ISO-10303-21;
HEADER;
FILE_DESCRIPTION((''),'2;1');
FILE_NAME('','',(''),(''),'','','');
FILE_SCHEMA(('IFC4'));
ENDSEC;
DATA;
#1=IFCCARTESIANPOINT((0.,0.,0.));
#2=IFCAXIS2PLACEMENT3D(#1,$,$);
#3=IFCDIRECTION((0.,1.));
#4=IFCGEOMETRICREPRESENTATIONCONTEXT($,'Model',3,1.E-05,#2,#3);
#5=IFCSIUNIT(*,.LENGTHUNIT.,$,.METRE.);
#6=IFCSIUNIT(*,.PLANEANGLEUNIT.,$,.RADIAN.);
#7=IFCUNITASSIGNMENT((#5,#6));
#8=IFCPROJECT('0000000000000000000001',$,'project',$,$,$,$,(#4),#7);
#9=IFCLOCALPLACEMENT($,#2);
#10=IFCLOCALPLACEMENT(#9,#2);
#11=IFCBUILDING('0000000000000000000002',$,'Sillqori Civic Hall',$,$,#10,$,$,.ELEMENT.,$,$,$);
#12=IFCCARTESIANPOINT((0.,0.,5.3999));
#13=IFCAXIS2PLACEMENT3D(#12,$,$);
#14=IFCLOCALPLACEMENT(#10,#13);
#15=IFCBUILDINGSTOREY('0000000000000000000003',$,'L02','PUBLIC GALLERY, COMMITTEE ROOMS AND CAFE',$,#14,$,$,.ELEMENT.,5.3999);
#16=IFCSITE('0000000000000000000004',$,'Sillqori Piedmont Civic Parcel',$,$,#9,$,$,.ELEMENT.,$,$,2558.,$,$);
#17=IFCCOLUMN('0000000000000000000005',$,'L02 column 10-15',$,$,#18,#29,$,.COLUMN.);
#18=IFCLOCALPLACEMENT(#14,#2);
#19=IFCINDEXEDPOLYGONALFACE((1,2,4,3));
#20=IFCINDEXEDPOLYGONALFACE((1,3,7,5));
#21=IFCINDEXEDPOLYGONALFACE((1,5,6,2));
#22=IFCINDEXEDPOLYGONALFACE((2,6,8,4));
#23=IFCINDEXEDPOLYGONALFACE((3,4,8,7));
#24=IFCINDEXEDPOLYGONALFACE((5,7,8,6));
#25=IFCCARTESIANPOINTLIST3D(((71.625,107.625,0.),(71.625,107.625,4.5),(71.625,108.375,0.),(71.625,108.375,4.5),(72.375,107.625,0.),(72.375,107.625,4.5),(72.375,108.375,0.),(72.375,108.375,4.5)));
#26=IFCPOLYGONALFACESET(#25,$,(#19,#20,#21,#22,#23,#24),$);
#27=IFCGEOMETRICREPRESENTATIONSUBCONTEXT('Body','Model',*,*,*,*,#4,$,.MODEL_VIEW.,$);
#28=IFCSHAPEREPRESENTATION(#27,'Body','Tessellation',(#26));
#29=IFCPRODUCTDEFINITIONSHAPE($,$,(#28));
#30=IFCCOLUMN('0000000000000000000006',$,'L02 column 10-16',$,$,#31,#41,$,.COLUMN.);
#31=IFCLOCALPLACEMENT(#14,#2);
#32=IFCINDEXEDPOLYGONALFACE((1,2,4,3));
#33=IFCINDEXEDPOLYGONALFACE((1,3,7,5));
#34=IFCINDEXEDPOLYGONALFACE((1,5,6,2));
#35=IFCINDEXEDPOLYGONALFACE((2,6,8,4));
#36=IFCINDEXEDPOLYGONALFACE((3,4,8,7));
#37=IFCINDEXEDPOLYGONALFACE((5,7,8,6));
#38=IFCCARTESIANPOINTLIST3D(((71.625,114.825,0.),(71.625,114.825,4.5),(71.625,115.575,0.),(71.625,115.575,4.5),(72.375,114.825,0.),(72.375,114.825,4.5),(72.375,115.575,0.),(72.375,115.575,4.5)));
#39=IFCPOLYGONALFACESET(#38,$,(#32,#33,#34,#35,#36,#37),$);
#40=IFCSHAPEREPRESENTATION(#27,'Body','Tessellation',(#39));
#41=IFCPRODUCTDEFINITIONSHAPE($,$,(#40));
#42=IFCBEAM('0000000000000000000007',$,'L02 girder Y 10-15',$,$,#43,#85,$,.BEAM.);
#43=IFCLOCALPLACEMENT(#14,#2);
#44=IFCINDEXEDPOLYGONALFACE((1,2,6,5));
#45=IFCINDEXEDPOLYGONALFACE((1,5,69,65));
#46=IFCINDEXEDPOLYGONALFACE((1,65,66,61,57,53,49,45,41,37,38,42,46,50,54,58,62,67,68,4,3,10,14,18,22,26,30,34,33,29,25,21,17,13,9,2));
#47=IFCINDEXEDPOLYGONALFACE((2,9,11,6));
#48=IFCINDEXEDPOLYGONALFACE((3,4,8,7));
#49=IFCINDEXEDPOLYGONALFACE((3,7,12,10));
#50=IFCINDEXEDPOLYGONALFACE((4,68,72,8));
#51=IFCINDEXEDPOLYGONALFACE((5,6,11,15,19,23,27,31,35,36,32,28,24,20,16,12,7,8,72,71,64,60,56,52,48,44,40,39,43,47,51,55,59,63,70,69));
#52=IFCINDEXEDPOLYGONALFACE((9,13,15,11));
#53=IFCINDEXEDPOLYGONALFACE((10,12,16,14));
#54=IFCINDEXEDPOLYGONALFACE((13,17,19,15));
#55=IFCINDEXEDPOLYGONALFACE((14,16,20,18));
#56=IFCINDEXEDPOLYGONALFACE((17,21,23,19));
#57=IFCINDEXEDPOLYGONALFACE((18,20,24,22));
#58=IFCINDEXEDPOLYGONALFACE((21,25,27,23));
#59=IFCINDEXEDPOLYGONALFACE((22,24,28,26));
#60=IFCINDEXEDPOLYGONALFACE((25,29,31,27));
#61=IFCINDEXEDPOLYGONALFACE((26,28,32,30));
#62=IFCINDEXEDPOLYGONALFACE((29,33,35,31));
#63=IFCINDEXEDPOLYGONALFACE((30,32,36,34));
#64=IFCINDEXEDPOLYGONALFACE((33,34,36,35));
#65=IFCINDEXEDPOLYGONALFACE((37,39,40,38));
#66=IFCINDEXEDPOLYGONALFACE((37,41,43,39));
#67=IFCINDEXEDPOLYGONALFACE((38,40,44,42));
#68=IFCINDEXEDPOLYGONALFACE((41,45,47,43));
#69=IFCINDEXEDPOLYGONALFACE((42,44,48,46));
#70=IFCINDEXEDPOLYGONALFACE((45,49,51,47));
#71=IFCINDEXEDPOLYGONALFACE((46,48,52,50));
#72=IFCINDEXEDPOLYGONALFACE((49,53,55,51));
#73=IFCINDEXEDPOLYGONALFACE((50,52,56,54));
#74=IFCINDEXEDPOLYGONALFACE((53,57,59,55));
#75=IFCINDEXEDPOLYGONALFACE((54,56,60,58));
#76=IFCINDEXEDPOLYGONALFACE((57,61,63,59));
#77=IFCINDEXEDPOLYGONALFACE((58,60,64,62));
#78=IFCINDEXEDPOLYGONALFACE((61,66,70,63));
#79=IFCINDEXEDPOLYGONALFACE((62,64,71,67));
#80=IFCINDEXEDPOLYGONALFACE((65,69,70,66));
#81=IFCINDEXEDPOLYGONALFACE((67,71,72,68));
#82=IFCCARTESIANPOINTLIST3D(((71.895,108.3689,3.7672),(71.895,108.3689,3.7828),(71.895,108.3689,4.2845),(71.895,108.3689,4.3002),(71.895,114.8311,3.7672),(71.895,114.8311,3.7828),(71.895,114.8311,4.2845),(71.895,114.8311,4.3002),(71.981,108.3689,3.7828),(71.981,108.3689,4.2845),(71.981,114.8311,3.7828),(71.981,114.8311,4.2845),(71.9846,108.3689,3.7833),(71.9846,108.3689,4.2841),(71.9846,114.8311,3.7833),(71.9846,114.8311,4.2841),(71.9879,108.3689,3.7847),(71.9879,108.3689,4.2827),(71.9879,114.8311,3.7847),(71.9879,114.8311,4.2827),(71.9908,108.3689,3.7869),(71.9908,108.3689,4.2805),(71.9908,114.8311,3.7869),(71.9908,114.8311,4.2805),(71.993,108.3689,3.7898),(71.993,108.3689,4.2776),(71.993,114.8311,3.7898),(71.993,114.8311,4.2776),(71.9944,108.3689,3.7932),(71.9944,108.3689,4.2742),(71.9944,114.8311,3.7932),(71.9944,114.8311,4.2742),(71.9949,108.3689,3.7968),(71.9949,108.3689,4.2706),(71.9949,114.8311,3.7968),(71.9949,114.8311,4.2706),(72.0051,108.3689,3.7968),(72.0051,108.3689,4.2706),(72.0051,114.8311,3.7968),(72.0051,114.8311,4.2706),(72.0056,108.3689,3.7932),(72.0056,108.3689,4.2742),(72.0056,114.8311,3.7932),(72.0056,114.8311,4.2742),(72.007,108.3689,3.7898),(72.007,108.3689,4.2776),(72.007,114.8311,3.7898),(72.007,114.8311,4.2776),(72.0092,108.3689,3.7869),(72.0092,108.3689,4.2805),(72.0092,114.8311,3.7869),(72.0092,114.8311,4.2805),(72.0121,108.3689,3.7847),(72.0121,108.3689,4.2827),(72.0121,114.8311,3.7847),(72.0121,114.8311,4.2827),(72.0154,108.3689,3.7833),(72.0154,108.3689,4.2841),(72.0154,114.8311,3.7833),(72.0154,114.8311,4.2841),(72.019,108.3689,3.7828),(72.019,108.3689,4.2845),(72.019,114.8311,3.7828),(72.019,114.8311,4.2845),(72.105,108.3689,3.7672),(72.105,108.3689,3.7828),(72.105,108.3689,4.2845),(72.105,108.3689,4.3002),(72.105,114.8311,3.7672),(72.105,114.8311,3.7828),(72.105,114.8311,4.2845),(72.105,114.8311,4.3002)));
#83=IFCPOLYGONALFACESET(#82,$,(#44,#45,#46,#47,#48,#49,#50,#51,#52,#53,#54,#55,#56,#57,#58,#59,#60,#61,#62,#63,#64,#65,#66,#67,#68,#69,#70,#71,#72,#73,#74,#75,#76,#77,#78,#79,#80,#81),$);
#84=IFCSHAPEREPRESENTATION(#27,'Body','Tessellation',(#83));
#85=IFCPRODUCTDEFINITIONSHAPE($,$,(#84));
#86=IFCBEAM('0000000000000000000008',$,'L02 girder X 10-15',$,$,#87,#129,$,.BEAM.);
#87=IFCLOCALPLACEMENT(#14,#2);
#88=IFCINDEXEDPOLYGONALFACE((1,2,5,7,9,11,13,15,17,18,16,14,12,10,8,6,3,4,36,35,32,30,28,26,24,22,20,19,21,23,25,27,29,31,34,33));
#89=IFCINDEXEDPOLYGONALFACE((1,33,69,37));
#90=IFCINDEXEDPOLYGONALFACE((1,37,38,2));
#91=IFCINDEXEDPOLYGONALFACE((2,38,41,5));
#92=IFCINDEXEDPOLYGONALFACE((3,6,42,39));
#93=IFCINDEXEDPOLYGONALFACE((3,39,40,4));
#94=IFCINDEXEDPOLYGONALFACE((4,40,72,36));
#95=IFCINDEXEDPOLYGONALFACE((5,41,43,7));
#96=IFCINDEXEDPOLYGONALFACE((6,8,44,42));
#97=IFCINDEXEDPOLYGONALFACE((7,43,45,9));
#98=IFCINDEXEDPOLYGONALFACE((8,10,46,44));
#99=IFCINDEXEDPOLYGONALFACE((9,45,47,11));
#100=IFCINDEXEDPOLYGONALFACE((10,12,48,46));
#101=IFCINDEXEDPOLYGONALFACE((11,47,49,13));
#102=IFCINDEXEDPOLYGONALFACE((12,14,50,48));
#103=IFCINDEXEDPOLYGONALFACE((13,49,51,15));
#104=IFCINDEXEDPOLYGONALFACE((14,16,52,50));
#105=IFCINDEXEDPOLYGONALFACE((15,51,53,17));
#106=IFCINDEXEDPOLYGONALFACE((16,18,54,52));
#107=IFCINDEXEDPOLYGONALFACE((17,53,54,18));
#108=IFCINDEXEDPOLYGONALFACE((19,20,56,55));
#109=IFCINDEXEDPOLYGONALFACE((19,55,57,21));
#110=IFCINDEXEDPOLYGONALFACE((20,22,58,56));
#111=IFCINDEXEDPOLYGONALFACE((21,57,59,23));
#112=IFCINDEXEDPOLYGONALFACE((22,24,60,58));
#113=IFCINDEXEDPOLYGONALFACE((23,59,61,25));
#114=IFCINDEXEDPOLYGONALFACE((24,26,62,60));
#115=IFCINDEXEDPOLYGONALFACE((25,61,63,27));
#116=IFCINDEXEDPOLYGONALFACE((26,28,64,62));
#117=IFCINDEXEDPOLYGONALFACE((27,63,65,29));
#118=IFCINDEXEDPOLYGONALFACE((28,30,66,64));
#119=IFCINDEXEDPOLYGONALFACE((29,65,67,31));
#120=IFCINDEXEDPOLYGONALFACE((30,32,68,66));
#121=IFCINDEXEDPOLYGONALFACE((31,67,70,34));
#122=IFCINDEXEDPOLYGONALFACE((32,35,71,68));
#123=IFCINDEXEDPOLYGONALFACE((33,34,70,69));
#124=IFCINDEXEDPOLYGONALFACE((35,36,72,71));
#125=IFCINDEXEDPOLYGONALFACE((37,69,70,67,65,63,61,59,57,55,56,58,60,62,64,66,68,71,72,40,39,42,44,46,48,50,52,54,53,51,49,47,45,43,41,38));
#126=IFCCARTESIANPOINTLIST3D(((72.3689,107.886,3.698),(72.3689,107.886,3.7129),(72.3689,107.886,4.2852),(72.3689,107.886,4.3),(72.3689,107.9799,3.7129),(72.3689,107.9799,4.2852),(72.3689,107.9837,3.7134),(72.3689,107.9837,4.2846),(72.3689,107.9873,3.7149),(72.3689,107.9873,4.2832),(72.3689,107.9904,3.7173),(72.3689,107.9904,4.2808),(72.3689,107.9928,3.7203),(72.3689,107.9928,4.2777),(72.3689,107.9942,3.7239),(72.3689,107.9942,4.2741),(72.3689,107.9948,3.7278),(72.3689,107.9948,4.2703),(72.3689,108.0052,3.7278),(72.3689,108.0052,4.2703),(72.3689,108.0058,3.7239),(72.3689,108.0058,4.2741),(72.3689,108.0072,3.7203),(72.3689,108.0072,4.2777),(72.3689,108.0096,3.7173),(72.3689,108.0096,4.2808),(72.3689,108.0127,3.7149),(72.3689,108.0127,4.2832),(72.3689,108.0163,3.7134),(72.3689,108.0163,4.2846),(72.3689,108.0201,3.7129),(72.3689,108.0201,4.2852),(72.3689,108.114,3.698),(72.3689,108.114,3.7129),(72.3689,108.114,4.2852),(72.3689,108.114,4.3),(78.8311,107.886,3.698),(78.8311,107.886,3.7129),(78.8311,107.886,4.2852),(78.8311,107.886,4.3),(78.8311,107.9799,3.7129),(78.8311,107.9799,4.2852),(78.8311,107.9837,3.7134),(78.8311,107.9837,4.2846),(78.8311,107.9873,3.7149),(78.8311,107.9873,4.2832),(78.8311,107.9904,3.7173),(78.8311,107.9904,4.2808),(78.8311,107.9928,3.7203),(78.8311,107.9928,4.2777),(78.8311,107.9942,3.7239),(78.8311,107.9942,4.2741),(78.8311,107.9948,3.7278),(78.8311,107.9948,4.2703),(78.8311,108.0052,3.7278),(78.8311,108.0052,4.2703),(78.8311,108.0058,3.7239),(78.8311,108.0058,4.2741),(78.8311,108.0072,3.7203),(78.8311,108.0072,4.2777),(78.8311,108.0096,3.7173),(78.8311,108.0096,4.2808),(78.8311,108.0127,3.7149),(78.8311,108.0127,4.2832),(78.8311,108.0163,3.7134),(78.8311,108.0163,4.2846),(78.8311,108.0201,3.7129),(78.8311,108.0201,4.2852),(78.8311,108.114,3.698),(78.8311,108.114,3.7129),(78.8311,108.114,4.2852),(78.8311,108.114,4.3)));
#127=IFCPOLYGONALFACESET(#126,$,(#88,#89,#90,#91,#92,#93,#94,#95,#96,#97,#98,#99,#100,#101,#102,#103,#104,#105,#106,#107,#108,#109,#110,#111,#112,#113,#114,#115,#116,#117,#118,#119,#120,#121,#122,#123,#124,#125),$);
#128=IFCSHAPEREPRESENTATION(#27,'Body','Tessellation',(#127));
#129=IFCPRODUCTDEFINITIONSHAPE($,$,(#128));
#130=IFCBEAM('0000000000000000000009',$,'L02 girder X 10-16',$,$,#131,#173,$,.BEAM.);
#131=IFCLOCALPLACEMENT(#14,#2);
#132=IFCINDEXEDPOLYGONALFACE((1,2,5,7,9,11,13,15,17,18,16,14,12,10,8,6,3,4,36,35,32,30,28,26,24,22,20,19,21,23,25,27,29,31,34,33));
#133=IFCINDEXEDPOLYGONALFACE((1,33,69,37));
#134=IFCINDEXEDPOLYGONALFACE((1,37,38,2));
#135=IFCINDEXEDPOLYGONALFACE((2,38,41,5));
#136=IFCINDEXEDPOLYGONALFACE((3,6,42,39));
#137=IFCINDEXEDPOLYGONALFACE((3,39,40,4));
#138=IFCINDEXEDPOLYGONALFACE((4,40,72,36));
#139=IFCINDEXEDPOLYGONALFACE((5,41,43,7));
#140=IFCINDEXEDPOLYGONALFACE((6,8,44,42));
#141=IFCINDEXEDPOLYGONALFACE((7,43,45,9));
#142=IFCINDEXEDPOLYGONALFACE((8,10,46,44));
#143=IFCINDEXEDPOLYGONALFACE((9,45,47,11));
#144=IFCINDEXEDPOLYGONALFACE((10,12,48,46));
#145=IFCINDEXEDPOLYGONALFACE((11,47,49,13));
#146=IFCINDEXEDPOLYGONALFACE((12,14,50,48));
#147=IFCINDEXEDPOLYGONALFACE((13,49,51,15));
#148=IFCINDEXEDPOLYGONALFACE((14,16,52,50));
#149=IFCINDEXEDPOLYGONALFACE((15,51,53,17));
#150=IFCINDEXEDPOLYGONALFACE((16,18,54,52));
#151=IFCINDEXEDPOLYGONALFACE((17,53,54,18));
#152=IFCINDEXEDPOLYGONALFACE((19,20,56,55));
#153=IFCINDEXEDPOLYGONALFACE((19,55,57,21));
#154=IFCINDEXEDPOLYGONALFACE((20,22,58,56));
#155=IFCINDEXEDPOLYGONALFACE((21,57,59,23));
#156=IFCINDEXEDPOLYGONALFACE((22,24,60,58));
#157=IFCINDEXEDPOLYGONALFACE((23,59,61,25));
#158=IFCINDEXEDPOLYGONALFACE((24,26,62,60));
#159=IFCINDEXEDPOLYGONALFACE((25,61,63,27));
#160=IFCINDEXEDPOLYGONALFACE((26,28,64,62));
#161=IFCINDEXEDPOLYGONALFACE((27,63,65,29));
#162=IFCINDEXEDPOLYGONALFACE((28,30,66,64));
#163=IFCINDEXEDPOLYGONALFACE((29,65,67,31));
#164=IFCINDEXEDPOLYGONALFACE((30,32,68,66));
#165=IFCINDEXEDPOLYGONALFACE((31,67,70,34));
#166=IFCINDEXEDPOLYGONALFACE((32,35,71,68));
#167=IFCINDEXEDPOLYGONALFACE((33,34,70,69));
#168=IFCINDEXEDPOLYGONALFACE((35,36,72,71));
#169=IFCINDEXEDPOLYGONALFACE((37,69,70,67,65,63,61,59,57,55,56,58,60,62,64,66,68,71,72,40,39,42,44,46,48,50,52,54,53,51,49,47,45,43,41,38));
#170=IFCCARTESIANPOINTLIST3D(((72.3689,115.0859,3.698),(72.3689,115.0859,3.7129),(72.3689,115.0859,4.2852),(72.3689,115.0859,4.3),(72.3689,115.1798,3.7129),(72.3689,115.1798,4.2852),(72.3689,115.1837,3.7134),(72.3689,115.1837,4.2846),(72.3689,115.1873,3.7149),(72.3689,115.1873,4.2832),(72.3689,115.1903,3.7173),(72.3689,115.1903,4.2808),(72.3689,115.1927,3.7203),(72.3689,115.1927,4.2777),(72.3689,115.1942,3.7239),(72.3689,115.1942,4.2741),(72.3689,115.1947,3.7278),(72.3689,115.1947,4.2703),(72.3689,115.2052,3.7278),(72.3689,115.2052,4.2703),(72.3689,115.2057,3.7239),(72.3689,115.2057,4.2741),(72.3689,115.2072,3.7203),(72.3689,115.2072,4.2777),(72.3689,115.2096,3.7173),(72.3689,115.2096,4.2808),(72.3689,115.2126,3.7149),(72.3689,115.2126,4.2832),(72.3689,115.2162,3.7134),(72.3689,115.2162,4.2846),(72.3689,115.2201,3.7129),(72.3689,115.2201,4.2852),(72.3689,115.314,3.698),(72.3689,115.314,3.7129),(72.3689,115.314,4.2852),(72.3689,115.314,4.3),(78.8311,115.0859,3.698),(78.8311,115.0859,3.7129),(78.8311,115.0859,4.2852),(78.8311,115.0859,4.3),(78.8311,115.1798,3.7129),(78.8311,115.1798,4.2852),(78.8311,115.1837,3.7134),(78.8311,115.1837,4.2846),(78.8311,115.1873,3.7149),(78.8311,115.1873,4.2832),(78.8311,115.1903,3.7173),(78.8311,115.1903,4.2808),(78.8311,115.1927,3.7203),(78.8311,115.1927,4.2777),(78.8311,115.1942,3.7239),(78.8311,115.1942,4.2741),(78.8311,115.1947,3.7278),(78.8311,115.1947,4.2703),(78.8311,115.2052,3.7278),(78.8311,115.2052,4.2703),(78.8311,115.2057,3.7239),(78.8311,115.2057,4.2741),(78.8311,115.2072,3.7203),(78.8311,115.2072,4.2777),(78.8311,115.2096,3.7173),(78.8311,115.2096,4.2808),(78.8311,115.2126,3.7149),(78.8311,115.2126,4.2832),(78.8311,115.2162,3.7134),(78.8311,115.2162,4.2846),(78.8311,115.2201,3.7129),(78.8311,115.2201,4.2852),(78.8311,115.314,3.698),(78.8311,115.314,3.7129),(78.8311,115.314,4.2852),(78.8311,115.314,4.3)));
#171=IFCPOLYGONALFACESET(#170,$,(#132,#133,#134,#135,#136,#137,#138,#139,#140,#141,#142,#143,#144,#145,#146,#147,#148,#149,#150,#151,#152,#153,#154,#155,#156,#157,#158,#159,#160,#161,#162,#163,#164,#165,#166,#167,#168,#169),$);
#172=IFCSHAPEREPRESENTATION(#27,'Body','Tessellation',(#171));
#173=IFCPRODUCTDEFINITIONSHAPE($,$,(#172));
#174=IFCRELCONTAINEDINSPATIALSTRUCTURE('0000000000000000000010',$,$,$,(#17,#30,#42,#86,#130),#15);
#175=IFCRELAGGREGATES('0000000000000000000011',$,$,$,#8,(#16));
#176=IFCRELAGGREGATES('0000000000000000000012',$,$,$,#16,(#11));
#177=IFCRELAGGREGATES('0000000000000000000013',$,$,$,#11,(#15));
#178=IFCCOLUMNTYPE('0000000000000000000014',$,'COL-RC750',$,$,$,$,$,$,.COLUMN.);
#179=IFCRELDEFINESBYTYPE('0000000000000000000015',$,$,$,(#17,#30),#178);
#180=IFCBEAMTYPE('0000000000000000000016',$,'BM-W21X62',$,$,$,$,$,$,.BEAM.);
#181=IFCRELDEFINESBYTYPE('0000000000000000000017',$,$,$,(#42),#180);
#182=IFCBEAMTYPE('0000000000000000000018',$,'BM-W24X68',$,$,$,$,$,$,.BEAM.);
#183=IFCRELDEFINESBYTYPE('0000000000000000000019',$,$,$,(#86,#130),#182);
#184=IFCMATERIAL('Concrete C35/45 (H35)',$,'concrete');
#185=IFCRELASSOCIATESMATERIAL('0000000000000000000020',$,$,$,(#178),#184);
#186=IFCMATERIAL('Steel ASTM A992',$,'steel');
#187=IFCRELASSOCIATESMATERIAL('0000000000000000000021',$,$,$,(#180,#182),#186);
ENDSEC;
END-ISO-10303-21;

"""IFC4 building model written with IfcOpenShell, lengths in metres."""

from ifc_helpers import new_model, si_unit, direction, frame, origin, origin_2d, place, context, subcontext, project, spatial, rectangle, i_section, extrude, material, material_profile, profile_set, type_object, element, save


model = new_model("IFC4")

# Units and contexts
model_context = context("Model", 3, precision=1e-05, world=origin(), true_north=direction((0.0, 1.0)))
body_context = subcontext(model_context, "Body", "Model", "MODEL_VIEW")
ifc_project = project(units=[si_unit("LENGTHUNIT", "METRE"), si_unit("PLANEANGLEUNIT", "RADIAN")], contexts=[model_context])

# Site, building, storey
site_placement = place(None, origin())
site = spatial("IfcSite", under=ifc_project, at=site_placement, Name="Sillqori Piedmont Civic Parcel", CompositionType="ELEMENT", RefElevation=2558.0)
building_placement = place(site_placement, origin())
building = spatial("IfcBuilding", under=site, at=building_placement, Name="Sillqori Civic Hall", CompositionType="ELEMENT")
storey_placement = place(building_placement, frame((0.0, 0.0, 5.3999)))
storey = spatial("IfcBuildingStorey", under=building, at=storey_placement, Name="L02", Description="PUBLIC GALLERY, COMMITTEE ROOMS AND CAFE", CompositionType="ELEMENT", Elevation=5.3999)

# Columns
ifc_material_1 = material(Name="Concrete C35/45 (H35)", Category="concrete")
ifc_material_profile_1 = material_profile(ifc_material_1, rectangle(XDim=0.75, YDim=0.75, at=origin_2d()), Name="RC 750x750")
ifc_profile_set_1 = profile_set([ifc_material_profile_1], Name="Concrete C35/45 (H35)")
column_type = type_object("IfcColumnType", Name="COL-RC750", PredefinedType="COLUMN", material=ifc_profile_set_1)
for number, where, z_axis, x_axis, name in (
    (1, (72.0, 108.0, 0.0), (0.0, 0.0, 1.0), (1.0, 0.0, 0.0), "L02 column 10-15"),
    (2, (72.0, 115.2, 0.0), (0.0, 0.0, 1.0), (1.0, 0.0, 0.0), "L02 column 10-16"),
):
    element("IfcColumn", number, at=place(storey_placement, frame(where, z_axis=z_axis, x_axis=x_axis)), inside=storey, type_object=column_type, Name=name, PredefinedType="COLUMN", context=body_context, shape_type="SweptSolid", body=[
        extrude(rectangle(XDim=0.75, YDim=0.75, at=origin_2d()), origin(), (0.0, 0.0, 1.0), 4.5),
    ])

# Beams
ifc_material_2 = material(Name="Steel ASTM A992", Category="steel")
ifc_material_profile_2 = material_profile(ifc_material_2, i_section(OverallWidth=0.21, OverallDepth=0.533, WebThickness=0.0103, FlangeThickness=0.0156, FilletRadius=0.0139, at=origin_2d()), Name="W21X62")
ifc_profile_set_2 = profile_set([ifc_material_profile_2], Name="Steel ASTM A992")
beam_type_1 = type_object("IfcBeamType", Name="BM-W21X62", PredefinedType="BEAM", material=ifc_profile_set_2)
beam_placement = place(storey_placement, frame((72.0, 108.3689, 4.0337), z_axis=(0.0, 1.0, 0.0), x_axis=(-1.0, 0.0, 0.0)))
element("IfcBeam", 3, at=beam_placement, inside=storey, type_object=beam_type_1, Name="L02 girder Y 10-15", PredefinedType="BEAM", context=body_context, shape_type="SweptSolid", body=[
    extrude(i_section(OverallWidth=0.21, OverallDepth=0.533, WebThickness=0.0103, FlangeThickness=0.0156, FilletRadius=0.0139, at=origin_2d()), origin(), (0.0, 0.0, 1.0), 6.4622),
])
ifc_material_profile_3 = material_profile(ifc_material_2, i_section(OverallWidth=0.228, OverallDepth=0.6021, WebThickness=0.0105, FlangeThickness=0.0149, FilletRadius=0.0149, at=origin_2d()), Name="W24X68")
ifc_profile_set_3 = profile_set([ifc_material_profile_3], Name="Steel ASTM A992")
beam_type_2 = type_object("IfcBeamType", Name="BM-W24X68", PredefinedType="BEAM", material=ifc_profile_set_3)
for number, where, z_axis, x_axis, name in (
    (4, (72.3689, 108.0, 3.999), (1.0, 0.0, 0.0), (0.0, 1.0, 0.0), "L02 girder X 10-15"),
    (5, (72.3689, 115.2, 3.999), (1.0, 0.0, 0.0), (0.0, 1.0, 0.0), "L02 girder X 10-16"),
):
    element("IfcBeam", number, at=place(storey_placement, frame(where, z_axis=z_axis, x_axis=x_axis)), inside=storey, type_object=beam_type_2, Name=name, PredefinedType="BEAM", context=body_context, shape_type="SweptSolid", body=[
        extrude(i_section(OverallWidth=0.228, OverallDepth=0.6021, WebThickness=0.0105, FlangeThickness=0.0149, FilletRadius=0.0149, at=origin_2d()), origin(), (0.0, 0.0, 1.0), 6.4622),
    ])

save(model, "model.ifc")
